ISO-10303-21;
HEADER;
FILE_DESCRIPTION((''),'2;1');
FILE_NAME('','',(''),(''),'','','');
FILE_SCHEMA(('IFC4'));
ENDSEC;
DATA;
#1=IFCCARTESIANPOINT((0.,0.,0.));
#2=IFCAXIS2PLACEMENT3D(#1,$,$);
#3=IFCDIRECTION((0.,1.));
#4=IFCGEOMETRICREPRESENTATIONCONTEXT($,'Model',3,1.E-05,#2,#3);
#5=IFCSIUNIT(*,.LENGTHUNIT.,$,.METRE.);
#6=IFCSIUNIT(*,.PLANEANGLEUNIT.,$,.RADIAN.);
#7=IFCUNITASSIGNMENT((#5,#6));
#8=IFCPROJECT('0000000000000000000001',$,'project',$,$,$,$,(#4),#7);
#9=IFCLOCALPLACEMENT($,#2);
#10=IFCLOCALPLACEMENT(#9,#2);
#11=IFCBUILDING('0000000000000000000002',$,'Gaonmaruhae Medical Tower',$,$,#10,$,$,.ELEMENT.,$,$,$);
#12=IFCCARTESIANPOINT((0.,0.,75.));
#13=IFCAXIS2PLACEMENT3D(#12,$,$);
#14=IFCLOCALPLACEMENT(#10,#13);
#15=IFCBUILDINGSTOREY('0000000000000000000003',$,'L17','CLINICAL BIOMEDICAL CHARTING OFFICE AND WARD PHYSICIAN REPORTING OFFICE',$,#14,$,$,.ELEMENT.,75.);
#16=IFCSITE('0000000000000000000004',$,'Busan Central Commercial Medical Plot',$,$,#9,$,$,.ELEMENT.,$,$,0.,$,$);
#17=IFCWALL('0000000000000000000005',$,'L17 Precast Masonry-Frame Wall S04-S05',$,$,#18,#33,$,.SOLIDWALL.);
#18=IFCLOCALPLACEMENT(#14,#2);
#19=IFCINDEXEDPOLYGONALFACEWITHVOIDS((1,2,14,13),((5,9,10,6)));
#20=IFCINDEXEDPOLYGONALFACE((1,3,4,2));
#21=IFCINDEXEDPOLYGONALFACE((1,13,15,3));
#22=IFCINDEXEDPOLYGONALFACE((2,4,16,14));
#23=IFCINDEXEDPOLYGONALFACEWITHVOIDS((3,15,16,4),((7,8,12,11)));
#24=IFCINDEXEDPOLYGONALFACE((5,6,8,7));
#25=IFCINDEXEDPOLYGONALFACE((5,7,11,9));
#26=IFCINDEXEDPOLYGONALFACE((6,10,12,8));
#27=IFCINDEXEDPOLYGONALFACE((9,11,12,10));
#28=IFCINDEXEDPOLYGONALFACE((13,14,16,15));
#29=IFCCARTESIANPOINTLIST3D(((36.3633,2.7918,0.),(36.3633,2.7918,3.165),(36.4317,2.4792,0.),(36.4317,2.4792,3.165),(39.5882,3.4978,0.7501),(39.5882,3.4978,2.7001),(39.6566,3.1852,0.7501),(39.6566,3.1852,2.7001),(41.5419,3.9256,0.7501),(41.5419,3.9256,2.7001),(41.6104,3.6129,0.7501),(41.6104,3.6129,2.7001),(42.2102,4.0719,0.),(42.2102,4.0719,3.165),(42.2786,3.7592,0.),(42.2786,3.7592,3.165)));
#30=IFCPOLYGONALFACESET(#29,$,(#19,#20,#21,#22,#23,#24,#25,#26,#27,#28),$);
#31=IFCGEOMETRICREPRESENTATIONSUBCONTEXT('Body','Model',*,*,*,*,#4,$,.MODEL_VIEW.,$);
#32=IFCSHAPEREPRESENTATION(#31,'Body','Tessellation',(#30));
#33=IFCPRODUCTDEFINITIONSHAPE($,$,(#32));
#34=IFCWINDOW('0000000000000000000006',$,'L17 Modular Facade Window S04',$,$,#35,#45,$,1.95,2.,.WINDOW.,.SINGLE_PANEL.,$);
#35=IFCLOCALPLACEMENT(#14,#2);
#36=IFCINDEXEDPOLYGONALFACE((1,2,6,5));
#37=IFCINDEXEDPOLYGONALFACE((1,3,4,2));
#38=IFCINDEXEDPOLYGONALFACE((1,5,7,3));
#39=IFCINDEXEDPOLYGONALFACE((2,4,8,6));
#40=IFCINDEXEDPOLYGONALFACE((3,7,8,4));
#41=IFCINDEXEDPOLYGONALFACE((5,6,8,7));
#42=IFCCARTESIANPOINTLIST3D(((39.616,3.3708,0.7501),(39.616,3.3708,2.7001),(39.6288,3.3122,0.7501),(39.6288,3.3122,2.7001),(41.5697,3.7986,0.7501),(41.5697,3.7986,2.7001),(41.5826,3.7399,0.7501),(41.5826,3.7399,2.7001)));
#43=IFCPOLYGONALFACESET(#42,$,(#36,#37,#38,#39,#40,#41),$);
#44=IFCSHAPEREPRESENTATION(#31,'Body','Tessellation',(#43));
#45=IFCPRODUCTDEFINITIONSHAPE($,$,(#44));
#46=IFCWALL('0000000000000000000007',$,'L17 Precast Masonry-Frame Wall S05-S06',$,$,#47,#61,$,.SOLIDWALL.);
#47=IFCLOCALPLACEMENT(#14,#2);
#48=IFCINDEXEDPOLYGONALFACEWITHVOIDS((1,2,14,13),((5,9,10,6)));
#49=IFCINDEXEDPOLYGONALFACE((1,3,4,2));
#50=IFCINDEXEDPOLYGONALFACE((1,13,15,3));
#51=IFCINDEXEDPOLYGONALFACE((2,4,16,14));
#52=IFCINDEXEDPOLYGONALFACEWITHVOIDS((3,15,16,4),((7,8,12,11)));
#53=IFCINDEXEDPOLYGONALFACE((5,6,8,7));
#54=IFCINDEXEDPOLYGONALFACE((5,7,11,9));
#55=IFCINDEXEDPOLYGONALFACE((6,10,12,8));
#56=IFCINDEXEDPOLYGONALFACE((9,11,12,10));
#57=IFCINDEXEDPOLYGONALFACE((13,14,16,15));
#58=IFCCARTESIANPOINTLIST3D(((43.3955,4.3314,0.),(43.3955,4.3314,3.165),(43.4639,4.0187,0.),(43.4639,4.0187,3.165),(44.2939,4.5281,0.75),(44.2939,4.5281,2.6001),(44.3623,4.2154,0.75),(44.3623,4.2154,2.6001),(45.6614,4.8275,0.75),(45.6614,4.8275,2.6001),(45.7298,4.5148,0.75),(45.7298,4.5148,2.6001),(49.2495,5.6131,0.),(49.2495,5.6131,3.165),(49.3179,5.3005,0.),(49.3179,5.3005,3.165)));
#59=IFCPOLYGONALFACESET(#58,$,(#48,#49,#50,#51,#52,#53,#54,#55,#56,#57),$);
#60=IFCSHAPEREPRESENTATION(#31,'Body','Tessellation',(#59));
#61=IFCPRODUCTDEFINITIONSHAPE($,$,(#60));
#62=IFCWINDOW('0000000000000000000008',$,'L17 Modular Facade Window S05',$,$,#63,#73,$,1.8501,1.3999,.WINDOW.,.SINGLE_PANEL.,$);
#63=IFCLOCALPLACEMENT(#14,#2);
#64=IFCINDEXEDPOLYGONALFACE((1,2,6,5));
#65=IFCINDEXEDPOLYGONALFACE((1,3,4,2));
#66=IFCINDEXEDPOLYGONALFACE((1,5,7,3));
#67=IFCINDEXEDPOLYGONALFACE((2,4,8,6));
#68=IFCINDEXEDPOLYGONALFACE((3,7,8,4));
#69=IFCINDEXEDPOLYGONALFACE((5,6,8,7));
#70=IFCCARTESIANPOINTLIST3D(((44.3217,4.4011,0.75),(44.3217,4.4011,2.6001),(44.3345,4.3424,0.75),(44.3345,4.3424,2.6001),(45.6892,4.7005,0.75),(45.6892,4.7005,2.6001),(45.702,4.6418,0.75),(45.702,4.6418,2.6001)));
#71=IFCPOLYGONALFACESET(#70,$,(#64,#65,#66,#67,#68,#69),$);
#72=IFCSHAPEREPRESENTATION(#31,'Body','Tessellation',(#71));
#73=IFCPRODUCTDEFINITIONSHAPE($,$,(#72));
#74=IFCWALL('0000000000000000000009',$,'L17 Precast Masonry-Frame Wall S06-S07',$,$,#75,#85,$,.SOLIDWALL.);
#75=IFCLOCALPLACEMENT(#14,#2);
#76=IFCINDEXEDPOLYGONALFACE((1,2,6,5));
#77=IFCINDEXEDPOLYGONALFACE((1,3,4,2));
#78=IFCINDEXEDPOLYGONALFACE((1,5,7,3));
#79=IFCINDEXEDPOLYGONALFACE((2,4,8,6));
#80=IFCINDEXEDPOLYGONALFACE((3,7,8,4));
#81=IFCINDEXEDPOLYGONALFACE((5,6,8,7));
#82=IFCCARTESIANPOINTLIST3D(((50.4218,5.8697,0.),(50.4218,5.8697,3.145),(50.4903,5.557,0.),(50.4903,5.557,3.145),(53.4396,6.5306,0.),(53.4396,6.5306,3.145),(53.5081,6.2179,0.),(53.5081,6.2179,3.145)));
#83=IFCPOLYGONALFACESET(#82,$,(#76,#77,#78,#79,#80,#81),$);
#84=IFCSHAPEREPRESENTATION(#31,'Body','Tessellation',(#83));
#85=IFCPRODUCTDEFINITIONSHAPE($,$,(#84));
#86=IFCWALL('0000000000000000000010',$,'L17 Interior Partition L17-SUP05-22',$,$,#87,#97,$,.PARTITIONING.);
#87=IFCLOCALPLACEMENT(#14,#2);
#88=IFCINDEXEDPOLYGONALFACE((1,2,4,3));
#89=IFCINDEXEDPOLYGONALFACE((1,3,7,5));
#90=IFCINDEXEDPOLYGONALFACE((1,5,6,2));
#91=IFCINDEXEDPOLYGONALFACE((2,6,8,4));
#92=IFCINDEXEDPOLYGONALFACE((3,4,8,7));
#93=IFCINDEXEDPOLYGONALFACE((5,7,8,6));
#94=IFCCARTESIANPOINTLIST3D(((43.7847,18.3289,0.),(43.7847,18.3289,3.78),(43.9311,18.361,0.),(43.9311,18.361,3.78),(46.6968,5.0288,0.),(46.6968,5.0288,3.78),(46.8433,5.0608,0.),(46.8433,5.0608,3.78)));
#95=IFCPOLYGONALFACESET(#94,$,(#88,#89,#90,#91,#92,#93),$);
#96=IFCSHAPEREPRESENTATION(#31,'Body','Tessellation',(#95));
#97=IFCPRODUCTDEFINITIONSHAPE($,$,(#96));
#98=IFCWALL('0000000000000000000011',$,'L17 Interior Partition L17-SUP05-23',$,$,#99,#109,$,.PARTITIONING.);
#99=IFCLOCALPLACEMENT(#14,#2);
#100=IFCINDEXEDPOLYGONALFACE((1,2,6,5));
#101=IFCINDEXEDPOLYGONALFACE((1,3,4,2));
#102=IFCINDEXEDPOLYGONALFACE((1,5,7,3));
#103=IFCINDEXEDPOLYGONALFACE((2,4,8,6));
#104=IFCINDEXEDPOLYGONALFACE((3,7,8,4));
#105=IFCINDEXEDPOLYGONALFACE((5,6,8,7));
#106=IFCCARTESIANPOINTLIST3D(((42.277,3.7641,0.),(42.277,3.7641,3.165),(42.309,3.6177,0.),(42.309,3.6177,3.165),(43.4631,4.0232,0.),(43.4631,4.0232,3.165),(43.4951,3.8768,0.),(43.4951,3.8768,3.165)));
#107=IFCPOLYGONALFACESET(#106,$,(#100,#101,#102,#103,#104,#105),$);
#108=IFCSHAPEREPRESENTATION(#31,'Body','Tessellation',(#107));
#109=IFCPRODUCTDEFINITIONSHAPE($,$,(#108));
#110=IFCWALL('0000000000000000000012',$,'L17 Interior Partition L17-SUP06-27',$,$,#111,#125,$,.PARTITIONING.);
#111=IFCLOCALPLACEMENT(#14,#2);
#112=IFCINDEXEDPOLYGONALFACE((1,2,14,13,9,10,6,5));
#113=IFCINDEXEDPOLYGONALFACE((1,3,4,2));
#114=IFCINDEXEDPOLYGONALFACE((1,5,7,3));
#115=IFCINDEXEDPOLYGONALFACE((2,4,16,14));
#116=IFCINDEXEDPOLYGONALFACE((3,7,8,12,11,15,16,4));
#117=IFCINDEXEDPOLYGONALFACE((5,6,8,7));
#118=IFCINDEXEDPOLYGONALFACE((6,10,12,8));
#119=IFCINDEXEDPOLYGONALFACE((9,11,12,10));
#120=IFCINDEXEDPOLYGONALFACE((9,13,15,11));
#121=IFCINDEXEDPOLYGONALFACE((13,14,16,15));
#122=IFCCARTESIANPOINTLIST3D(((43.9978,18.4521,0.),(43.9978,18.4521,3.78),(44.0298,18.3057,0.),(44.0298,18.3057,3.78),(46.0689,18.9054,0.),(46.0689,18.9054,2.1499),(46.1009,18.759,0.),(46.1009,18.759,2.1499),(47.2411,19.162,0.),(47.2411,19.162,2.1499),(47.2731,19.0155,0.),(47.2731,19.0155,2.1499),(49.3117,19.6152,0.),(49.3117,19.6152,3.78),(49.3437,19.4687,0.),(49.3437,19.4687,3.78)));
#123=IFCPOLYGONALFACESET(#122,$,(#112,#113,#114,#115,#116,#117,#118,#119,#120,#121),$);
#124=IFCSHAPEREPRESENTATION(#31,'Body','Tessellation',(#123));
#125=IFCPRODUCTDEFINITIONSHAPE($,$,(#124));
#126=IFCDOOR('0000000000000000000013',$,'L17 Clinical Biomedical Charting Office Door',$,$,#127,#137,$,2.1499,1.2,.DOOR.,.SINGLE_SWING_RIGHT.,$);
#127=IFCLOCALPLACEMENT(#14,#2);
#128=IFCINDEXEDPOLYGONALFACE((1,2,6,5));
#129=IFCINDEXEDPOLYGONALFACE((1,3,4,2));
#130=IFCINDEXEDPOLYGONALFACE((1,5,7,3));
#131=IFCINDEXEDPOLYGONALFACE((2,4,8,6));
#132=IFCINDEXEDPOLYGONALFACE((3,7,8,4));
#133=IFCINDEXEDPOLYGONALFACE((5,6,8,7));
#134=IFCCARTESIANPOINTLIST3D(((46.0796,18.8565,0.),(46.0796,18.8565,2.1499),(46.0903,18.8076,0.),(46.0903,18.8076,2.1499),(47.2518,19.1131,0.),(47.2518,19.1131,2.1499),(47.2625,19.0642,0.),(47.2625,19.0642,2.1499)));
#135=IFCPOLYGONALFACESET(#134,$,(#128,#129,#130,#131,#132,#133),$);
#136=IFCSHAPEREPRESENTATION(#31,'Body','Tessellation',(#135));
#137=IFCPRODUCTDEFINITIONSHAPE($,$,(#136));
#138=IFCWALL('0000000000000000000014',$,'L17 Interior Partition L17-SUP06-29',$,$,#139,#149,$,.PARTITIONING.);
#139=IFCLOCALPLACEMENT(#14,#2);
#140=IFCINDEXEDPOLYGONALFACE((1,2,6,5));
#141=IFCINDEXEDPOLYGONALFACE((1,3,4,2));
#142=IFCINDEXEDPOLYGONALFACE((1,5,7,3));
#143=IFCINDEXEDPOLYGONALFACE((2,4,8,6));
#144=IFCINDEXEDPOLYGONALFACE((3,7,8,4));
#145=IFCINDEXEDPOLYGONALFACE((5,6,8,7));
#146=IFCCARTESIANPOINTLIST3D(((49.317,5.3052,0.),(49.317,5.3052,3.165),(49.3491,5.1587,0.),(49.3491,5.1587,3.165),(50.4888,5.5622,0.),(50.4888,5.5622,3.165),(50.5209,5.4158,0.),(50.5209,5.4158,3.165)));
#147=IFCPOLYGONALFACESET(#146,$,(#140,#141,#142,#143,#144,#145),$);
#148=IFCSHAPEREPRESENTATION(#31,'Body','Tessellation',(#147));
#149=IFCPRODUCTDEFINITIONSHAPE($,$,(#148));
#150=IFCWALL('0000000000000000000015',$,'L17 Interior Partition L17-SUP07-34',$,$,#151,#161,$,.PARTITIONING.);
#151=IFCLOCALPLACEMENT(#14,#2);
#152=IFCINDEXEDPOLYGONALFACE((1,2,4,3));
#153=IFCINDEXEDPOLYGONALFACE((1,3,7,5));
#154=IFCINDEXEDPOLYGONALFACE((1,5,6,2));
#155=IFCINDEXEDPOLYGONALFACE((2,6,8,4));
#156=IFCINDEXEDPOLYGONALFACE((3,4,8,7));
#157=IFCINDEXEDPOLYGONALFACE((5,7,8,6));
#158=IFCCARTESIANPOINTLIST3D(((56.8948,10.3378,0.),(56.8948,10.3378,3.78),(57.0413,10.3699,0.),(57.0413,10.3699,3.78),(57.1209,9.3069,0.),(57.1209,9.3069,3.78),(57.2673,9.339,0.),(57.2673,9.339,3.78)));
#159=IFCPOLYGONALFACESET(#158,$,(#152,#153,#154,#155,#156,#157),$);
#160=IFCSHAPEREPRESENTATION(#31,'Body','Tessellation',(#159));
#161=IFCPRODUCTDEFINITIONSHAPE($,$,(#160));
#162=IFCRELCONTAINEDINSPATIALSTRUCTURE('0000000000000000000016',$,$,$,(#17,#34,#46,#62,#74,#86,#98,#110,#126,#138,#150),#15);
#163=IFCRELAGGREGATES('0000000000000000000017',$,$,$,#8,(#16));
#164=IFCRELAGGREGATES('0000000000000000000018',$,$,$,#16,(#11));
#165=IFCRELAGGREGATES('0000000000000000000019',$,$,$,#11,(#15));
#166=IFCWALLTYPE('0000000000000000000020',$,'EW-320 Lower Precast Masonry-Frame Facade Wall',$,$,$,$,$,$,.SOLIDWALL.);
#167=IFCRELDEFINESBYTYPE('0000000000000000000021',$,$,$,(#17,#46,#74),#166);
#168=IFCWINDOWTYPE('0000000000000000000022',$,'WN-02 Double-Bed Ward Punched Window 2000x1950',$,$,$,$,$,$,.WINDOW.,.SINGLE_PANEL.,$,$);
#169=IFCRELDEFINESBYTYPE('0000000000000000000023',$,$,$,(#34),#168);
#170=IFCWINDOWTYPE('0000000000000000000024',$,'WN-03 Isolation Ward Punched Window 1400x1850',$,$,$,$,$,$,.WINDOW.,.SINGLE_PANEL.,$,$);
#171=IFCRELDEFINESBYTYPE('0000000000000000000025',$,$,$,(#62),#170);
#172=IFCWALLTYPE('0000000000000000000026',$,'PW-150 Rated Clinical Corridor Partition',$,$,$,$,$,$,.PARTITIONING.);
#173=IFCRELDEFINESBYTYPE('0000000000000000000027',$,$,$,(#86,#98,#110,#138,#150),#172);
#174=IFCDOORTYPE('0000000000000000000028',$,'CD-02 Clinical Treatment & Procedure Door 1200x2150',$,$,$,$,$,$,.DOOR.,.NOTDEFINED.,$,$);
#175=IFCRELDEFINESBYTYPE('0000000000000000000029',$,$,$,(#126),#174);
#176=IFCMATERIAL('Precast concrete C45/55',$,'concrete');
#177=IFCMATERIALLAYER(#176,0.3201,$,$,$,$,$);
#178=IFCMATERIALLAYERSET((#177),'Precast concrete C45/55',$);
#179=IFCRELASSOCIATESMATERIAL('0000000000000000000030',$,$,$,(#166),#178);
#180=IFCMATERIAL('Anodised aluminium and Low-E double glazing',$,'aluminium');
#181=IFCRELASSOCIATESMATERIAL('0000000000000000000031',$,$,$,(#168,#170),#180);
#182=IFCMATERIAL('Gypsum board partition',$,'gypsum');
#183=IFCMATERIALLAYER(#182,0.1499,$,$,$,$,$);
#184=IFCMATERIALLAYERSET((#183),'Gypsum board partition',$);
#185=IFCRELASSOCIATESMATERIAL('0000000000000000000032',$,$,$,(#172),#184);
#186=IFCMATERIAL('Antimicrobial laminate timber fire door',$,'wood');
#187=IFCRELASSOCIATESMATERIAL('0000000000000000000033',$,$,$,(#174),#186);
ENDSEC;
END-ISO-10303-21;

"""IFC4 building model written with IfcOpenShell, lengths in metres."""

from ifc_helpers import new_model, si_unit, direction, frame, frame_2d, origin, place, context, subcontext, project, spatial, rectangle, extrude, material, layer, layer_set, type_object, element, fill, save


model = new_model("IFC4")

# Units and contexts
model_context = context("Model", 3, precision=1e-05, world=origin(), true_north=direction((0.0, 1.0)))
body_context = subcontext(model_context, "Body", "Model", "MODEL_VIEW")
ifc_project = project(units=[si_unit("LENGTHUNIT", "METRE"), si_unit("PLANEANGLEUNIT", "RADIAN")], contexts=[model_context])

# Site, building, storey
site_placement = place(None, origin())
site = spatial("IfcSite", under=ifc_project, at=site_placement, Name="Busan Central Commercial Medical Plot", CompositionType="ELEMENT", RefElevation=0.0)
building_placement = place(site_placement, origin())
building = spatial("IfcBuilding", under=site, at=building_placement, Name="Gaonmaruhae Medical Tower", CompositionType="ELEMENT")
storey_placement = place(building_placement, frame((0.0, 0.0, 75.0)))
storey = spatial("IfcBuildingStorey", under=building, at=storey_placement, Name="L17", Description="CLINICAL BIOMEDICAL CHARTING OFFICE AND WARD PHYSICIAN REPORTING OFFICE", CompositionType="ELEMENT", Elevation=75.0)

# Shared definitions
ifc_material_1 = material(Name="Precast concrete C45/55", Category="concrete")

# Walls, openings, windows
ifc_layer_1 = layer(ifc_material_1, 0.3201)
ifc_layer_set_1 = layer_set([ifc_layer_1], Name="Precast concrete C45/55")
wall_type_1 = type_object("IfcWallType", Name="EW-320 Lower Precast Masonry-Frame Facade Wall", PredefinedType="SOLIDWALL", material=ifc_layer_set_1)
wall_1_placement = place(storey_placement, frame((42.2444, 3.9155, 0.0), z_axis=(0.0, 0.0, 1.0), x_axis=(-0.976865, -0.213859, 0.0)))
wall_1 = element("IfcWall", 1, at=wall_1_placement, inside=storey, type_object=wall_type_1, Name="L17 Precast Masonry-Frame Wall S04-S05", PredefinedType="SOLIDWALL", context=body_context, shape_type="SweptSolid", body=[
    extrude(rectangle(XDim=5.9854, YDim=0.3201, at=frame_2d((2.9927, 0.0))), origin(), (0.0, 0.0, 1.0), 3.165),
])
opening_1_placement = place(wall_1_placement, frame((0.6841, 0.0, 0.75)))
opening_1 = element("IfcOpeningElement", 2, at=opening_1_placement, cuts=wall_1, PredefinedType="OPENING", context=body_context, shape_type="SweptSolid", body=[
    extrude(rectangle(XDim=2.0, YDim=1.95, at=frame_2d((1.0, 0.9751))), frame((0.0, 0.1699, 0.0), z_axis=(0.0, -1.0, 0.0), x_axis=(1.0, 0.0, 0.0)), (0.0, 0.0, 1.0), 0.3401),
])
ifc_material_2 = material(Name="Anodised aluminium and Low-E double glazing", Category="aluminium")
window_type_1 = type_object("IfcWindowType", Name="WN-02 Double-Bed Ward Punched Window 2000x1950", PartitioningType="SINGLE_PANEL", PredefinedType="WINDOW", material=ifc_material_2)
window_1_placement = place(opening_1_placement, origin())
window_1 = element("IfcWindow", 3, at=window_1_placement, inside=storey, type_object=window_type_1, Name="L17 Modular Facade Window S04", OverallHeight=1.95, OverallWidth=2.0, PartitioningType="SINGLE_PANEL", PredefinedType="WINDOW", context=body_context, shape_type="SweptSolid", body=[
    extrude(rectangle(XDim=2.0, YDim=1.95, at=frame_2d((1.0, 0.9751))), frame((0.0, 0.03, 0.0), z_axis=(0.0, -1.0, 0.0), x_axis=(1.0, 0.0, 0.0)), (0.0, 0.0, 1.0), 0.0601),
])
fill(opening_1, window_1)
wall_2_placement = place(storey_placement, frame((49.2837, 5.4568, 0.0), z_axis=(0.0, 0.0, 1.0), x_axis=(-0.976859, -0.213884, 0.0)))
wall_2 = element("IfcWall", 4, at=wall_2_placement, inside=storey, type_object=wall_type_1, Name="L17 Precast Masonry-Frame Wall S05-S06", PredefinedType="SOLIDWALL", context=body_context, shape_type="SweptSolid", body=[
    extrude(rectangle(XDim=5.9927, YDim=0.3201, at=frame_2d((2.9963, 0.0))), origin(), (0.0, 0.0, 1.0), 3.165),
])
opening_2_placement = place(wall_2_placement, frame((3.6731, 0.0, 0.75)))
opening_2 = element("IfcOpeningElement", 5, at=opening_2_placement, cuts=wall_2, PredefinedType="OPENING", context=body_context, shape_type="SweptSolid", body=[
    extrude(rectangle(XDim=1.3999, YDim=1.8501, at=frame_2d((0.7, 0.925))), frame((0.0, 0.1699, 0.0), z_axis=(0.0, -1.0, 0.0), x_axis=(1.0, 0.0, 0.0)), (0.0, 0.0, 1.0), 0.3401),
])
window_type_2 = type_object("IfcWindowType", Name="WN-03 Isolation Ward Punched Window 1400x1850", PartitioningType="SINGLE_PANEL", PredefinedType="WINDOW", material=ifc_material_2)
window_2_placement = place(opening_2_placement, origin())
window_2 = element("IfcWindow", 6, at=window_2_placement, inside=storey, type_object=window_type_2, Name="L17 Modular Facade Window S05", OverallHeight=1.8501, OverallWidth=1.3999, PartitioningType="SINGLE_PANEL", PredefinedType="WINDOW", context=body_context, shape_type="SweptSolid", body=[
    extrude(rectangle(XDim=1.3999, YDim=1.8501, at=frame_2d((0.7, 0.925))), frame((0.0, 0.03, 0.0), z_axis=(0.0, -1.0, 0.0), x_axis=(1.0, 0.0, 0.0)), (0.0, 0.0, 1.0), 0.0601),
])
fill(opening_2, window_2)

# Walls
wall_3_placement = place(storey_placement, frame((53.4739, 6.3743, 0.0), z_axis=(0.0, 0.0, 1.0), x_axis=(-0.97685, -0.213925, 0.0)))
element("IfcWall", 7, at=wall_3_placement, inside=storey, type_object=wall_type_1, Name="L17 Precast Masonry-Frame Wall S06-S07", PredefinedType="SOLIDWALL", context=body_context, shape_type="SweptSolid", body=[
    extrude(rectangle(XDim=3.0894, YDim=0.3201, at=frame_2d((1.5447, 0.0))), origin(), (0.0, 0.0, 1.0), 3.145),
])
ifc_material_3 = material(Name="Gypsum board partition", Category="gypsum")
ifc_layer_2 = layer(ifc_material_3, 0.1499)
ifc_layer_set_2 = layer_set([ifc_layer_2], Name="Gypsum board partition")
wall_type_2 = type_object("IfcWallType", Name="PW-150 Rated Clinical Corridor Partition", PredefinedType="PARTITIONING", material=ifc_layer_set_2)
wall_4_placement = place(storey_placement, frame((43.8579, 18.345, 0.0), z_axis=(0.0, 0.0, 1.0), x_axis=(0.213888, -0.976858, 0.0)))
element("IfcWall", 8, at=wall_4_placement, inside=storey, type_object=wall_type_2, Name="L17 Interior Partition L17-SUP05-22", PredefinedType="PARTITIONING", context=body_context, shape_type="SweptSolid", body=[
    extrude(rectangle(XDim=13.6152, YDim=0.1499, at=frame_2d((6.8076, 0.0))), origin(), (0.0, 0.0, 1.0), 3.78),
])
wall_5_placement = place(storey_placement, frame((43.479, 3.95, 0.0), z_axis=(0.0, 0.0, 1.0), x_axis=(-0.976971, -0.213373, 0.0)))
element("IfcWall", 9, at=wall_5_placement, inside=storey, type_object=wall_type_2, Name="L17 Interior Partition L17-SUP05-23", PredefinedType="PARTITIONING", context=body_context, shape_type="SweptSolid", body=[
    extrude(rectangle(XDim=1.2141, YDim=0.1499, at=frame_2d((0.6069, 0.0))), origin(), (0.0, 0.0, 1.0), 3.165),
])

# Wall, opening, door
wall_6_placement = place(storey_placement, frame((44.0139, 18.3789, 0.0), z_axis=(0.0, 0.0, 1.0), x_axis=(0.976875, 0.213812, 0.0)))
wall_6 = element("IfcWall", 10, at=wall_6_placement, inside=storey, type_object=wall_type_2, Name="L17 Interior Partition L17-SUP06-27", PredefinedType="PARTITIONING", context=body_context, shape_type="SweptSolid", body=[
    extrude(rectangle(XDim=5.4397, YDim=0.1499, at=frame_2d((2.7197, 0.0))), origin(), (0.0, 0.0, 1.0), 3.78),
])
opening_3_placement = place(wall_6_placement, frame((2.1199, 0.0, 0.0)))
opening_3 = element("IfcOpeningElement", 11, at=opening_3_placement, cuts=wall_6, PredefinedType="OPENING", context=body_context, shape_type="SweptSolid", body=[
    extrude(rectangle(XDim=1.2, YDim=2.1499, at=frame_2d((0.6001, 1.075))), frame((0.0, 0.085, 0.0), z_axis=(0.0, -1.0, 0.0), x_axis=(1.0, 0.0, 0.0)), (0.0, 0.0, 1.0), 0.1699),
])
ifc_material_4 = material(Name="Antimicrobial laminate timber fire door", Category="wood")
door_type = type_object("IfcDoorType", Name="CD-02 Clinical Treatment & Procedure Door 1200x2150", OperationType="NOTDEFINED", PredefinedType="DOOR", material=ifc_material_4)
door_placement = place(opening_3_placement, origin())
door = element("IfcDoor", 12, at=door_placement, inside=storey, type_object=door_type, Name="L17 Clinical Biomedical Charting Office Door", OperationType="SINGLE_SWING_RIGHT", OverallHeight=2.1499, OverallWidth=1.2, PredefinedType="DOOR", context=body_context, shape_type="SweptSolid", body=[
    extrude(rectangle(XDim=1.2, YDim=2.1499, at=frame_2d((0.6001, 1.075))), frame((0.0, 0.0249, 0.0), z_axis=(0.0, -1.0, 0.0), x_axis=(1.0, 0.0, 0.0)), (0.0, 0.0, 1.0), 0.05),
])
fill(opening_3, door)

# Walls
wall_7_placement = place(storey_placement, frame((50.5049, 5.489, 0.0), z_axis=(0.0, 0.0, 1.0), x_axis=(-0.976772, -0.214279, 0.0)))
element("IfcWall", 13, at=wall_7_placement, inside=storey, type_object=wall_type_2, Name="L17 Interior Partition L17-SUP06-29", PredefinedType="PARTITIONING", context=body_context, shape_type="SweptSolid", body=[
    extrude(rectangle(XDim=1.1997, YDim=0.1499, at=frame_2d((0.5999, 0.0))), origin(), (0.0, 0.0, 1.0), 3.165),
])
wall_8_placement = place(storey_placement, frame((56.968, 10.354, 0.0), z_axis=(0.0, 0.0, 1.0), x_axis=(0.214187, -0.976793, 0.0)))
element("IfcWall", 14, at=wall_8_placement, inside=storey, type_object=wall_type_2, Name="L17 Interior Partition L17-SUP07-34", PredefinedType="PARTITIONING", context=body_context, shape_type="SweptSolid", body=[
    extrude(rectangle(XDim=1.0554, YDim=0.1499, at=frame_2d((0.5278, 0.0))), origin(), (0.0, 0.0, 1.0), 3.78),
])

save(model, "model.ifc")
